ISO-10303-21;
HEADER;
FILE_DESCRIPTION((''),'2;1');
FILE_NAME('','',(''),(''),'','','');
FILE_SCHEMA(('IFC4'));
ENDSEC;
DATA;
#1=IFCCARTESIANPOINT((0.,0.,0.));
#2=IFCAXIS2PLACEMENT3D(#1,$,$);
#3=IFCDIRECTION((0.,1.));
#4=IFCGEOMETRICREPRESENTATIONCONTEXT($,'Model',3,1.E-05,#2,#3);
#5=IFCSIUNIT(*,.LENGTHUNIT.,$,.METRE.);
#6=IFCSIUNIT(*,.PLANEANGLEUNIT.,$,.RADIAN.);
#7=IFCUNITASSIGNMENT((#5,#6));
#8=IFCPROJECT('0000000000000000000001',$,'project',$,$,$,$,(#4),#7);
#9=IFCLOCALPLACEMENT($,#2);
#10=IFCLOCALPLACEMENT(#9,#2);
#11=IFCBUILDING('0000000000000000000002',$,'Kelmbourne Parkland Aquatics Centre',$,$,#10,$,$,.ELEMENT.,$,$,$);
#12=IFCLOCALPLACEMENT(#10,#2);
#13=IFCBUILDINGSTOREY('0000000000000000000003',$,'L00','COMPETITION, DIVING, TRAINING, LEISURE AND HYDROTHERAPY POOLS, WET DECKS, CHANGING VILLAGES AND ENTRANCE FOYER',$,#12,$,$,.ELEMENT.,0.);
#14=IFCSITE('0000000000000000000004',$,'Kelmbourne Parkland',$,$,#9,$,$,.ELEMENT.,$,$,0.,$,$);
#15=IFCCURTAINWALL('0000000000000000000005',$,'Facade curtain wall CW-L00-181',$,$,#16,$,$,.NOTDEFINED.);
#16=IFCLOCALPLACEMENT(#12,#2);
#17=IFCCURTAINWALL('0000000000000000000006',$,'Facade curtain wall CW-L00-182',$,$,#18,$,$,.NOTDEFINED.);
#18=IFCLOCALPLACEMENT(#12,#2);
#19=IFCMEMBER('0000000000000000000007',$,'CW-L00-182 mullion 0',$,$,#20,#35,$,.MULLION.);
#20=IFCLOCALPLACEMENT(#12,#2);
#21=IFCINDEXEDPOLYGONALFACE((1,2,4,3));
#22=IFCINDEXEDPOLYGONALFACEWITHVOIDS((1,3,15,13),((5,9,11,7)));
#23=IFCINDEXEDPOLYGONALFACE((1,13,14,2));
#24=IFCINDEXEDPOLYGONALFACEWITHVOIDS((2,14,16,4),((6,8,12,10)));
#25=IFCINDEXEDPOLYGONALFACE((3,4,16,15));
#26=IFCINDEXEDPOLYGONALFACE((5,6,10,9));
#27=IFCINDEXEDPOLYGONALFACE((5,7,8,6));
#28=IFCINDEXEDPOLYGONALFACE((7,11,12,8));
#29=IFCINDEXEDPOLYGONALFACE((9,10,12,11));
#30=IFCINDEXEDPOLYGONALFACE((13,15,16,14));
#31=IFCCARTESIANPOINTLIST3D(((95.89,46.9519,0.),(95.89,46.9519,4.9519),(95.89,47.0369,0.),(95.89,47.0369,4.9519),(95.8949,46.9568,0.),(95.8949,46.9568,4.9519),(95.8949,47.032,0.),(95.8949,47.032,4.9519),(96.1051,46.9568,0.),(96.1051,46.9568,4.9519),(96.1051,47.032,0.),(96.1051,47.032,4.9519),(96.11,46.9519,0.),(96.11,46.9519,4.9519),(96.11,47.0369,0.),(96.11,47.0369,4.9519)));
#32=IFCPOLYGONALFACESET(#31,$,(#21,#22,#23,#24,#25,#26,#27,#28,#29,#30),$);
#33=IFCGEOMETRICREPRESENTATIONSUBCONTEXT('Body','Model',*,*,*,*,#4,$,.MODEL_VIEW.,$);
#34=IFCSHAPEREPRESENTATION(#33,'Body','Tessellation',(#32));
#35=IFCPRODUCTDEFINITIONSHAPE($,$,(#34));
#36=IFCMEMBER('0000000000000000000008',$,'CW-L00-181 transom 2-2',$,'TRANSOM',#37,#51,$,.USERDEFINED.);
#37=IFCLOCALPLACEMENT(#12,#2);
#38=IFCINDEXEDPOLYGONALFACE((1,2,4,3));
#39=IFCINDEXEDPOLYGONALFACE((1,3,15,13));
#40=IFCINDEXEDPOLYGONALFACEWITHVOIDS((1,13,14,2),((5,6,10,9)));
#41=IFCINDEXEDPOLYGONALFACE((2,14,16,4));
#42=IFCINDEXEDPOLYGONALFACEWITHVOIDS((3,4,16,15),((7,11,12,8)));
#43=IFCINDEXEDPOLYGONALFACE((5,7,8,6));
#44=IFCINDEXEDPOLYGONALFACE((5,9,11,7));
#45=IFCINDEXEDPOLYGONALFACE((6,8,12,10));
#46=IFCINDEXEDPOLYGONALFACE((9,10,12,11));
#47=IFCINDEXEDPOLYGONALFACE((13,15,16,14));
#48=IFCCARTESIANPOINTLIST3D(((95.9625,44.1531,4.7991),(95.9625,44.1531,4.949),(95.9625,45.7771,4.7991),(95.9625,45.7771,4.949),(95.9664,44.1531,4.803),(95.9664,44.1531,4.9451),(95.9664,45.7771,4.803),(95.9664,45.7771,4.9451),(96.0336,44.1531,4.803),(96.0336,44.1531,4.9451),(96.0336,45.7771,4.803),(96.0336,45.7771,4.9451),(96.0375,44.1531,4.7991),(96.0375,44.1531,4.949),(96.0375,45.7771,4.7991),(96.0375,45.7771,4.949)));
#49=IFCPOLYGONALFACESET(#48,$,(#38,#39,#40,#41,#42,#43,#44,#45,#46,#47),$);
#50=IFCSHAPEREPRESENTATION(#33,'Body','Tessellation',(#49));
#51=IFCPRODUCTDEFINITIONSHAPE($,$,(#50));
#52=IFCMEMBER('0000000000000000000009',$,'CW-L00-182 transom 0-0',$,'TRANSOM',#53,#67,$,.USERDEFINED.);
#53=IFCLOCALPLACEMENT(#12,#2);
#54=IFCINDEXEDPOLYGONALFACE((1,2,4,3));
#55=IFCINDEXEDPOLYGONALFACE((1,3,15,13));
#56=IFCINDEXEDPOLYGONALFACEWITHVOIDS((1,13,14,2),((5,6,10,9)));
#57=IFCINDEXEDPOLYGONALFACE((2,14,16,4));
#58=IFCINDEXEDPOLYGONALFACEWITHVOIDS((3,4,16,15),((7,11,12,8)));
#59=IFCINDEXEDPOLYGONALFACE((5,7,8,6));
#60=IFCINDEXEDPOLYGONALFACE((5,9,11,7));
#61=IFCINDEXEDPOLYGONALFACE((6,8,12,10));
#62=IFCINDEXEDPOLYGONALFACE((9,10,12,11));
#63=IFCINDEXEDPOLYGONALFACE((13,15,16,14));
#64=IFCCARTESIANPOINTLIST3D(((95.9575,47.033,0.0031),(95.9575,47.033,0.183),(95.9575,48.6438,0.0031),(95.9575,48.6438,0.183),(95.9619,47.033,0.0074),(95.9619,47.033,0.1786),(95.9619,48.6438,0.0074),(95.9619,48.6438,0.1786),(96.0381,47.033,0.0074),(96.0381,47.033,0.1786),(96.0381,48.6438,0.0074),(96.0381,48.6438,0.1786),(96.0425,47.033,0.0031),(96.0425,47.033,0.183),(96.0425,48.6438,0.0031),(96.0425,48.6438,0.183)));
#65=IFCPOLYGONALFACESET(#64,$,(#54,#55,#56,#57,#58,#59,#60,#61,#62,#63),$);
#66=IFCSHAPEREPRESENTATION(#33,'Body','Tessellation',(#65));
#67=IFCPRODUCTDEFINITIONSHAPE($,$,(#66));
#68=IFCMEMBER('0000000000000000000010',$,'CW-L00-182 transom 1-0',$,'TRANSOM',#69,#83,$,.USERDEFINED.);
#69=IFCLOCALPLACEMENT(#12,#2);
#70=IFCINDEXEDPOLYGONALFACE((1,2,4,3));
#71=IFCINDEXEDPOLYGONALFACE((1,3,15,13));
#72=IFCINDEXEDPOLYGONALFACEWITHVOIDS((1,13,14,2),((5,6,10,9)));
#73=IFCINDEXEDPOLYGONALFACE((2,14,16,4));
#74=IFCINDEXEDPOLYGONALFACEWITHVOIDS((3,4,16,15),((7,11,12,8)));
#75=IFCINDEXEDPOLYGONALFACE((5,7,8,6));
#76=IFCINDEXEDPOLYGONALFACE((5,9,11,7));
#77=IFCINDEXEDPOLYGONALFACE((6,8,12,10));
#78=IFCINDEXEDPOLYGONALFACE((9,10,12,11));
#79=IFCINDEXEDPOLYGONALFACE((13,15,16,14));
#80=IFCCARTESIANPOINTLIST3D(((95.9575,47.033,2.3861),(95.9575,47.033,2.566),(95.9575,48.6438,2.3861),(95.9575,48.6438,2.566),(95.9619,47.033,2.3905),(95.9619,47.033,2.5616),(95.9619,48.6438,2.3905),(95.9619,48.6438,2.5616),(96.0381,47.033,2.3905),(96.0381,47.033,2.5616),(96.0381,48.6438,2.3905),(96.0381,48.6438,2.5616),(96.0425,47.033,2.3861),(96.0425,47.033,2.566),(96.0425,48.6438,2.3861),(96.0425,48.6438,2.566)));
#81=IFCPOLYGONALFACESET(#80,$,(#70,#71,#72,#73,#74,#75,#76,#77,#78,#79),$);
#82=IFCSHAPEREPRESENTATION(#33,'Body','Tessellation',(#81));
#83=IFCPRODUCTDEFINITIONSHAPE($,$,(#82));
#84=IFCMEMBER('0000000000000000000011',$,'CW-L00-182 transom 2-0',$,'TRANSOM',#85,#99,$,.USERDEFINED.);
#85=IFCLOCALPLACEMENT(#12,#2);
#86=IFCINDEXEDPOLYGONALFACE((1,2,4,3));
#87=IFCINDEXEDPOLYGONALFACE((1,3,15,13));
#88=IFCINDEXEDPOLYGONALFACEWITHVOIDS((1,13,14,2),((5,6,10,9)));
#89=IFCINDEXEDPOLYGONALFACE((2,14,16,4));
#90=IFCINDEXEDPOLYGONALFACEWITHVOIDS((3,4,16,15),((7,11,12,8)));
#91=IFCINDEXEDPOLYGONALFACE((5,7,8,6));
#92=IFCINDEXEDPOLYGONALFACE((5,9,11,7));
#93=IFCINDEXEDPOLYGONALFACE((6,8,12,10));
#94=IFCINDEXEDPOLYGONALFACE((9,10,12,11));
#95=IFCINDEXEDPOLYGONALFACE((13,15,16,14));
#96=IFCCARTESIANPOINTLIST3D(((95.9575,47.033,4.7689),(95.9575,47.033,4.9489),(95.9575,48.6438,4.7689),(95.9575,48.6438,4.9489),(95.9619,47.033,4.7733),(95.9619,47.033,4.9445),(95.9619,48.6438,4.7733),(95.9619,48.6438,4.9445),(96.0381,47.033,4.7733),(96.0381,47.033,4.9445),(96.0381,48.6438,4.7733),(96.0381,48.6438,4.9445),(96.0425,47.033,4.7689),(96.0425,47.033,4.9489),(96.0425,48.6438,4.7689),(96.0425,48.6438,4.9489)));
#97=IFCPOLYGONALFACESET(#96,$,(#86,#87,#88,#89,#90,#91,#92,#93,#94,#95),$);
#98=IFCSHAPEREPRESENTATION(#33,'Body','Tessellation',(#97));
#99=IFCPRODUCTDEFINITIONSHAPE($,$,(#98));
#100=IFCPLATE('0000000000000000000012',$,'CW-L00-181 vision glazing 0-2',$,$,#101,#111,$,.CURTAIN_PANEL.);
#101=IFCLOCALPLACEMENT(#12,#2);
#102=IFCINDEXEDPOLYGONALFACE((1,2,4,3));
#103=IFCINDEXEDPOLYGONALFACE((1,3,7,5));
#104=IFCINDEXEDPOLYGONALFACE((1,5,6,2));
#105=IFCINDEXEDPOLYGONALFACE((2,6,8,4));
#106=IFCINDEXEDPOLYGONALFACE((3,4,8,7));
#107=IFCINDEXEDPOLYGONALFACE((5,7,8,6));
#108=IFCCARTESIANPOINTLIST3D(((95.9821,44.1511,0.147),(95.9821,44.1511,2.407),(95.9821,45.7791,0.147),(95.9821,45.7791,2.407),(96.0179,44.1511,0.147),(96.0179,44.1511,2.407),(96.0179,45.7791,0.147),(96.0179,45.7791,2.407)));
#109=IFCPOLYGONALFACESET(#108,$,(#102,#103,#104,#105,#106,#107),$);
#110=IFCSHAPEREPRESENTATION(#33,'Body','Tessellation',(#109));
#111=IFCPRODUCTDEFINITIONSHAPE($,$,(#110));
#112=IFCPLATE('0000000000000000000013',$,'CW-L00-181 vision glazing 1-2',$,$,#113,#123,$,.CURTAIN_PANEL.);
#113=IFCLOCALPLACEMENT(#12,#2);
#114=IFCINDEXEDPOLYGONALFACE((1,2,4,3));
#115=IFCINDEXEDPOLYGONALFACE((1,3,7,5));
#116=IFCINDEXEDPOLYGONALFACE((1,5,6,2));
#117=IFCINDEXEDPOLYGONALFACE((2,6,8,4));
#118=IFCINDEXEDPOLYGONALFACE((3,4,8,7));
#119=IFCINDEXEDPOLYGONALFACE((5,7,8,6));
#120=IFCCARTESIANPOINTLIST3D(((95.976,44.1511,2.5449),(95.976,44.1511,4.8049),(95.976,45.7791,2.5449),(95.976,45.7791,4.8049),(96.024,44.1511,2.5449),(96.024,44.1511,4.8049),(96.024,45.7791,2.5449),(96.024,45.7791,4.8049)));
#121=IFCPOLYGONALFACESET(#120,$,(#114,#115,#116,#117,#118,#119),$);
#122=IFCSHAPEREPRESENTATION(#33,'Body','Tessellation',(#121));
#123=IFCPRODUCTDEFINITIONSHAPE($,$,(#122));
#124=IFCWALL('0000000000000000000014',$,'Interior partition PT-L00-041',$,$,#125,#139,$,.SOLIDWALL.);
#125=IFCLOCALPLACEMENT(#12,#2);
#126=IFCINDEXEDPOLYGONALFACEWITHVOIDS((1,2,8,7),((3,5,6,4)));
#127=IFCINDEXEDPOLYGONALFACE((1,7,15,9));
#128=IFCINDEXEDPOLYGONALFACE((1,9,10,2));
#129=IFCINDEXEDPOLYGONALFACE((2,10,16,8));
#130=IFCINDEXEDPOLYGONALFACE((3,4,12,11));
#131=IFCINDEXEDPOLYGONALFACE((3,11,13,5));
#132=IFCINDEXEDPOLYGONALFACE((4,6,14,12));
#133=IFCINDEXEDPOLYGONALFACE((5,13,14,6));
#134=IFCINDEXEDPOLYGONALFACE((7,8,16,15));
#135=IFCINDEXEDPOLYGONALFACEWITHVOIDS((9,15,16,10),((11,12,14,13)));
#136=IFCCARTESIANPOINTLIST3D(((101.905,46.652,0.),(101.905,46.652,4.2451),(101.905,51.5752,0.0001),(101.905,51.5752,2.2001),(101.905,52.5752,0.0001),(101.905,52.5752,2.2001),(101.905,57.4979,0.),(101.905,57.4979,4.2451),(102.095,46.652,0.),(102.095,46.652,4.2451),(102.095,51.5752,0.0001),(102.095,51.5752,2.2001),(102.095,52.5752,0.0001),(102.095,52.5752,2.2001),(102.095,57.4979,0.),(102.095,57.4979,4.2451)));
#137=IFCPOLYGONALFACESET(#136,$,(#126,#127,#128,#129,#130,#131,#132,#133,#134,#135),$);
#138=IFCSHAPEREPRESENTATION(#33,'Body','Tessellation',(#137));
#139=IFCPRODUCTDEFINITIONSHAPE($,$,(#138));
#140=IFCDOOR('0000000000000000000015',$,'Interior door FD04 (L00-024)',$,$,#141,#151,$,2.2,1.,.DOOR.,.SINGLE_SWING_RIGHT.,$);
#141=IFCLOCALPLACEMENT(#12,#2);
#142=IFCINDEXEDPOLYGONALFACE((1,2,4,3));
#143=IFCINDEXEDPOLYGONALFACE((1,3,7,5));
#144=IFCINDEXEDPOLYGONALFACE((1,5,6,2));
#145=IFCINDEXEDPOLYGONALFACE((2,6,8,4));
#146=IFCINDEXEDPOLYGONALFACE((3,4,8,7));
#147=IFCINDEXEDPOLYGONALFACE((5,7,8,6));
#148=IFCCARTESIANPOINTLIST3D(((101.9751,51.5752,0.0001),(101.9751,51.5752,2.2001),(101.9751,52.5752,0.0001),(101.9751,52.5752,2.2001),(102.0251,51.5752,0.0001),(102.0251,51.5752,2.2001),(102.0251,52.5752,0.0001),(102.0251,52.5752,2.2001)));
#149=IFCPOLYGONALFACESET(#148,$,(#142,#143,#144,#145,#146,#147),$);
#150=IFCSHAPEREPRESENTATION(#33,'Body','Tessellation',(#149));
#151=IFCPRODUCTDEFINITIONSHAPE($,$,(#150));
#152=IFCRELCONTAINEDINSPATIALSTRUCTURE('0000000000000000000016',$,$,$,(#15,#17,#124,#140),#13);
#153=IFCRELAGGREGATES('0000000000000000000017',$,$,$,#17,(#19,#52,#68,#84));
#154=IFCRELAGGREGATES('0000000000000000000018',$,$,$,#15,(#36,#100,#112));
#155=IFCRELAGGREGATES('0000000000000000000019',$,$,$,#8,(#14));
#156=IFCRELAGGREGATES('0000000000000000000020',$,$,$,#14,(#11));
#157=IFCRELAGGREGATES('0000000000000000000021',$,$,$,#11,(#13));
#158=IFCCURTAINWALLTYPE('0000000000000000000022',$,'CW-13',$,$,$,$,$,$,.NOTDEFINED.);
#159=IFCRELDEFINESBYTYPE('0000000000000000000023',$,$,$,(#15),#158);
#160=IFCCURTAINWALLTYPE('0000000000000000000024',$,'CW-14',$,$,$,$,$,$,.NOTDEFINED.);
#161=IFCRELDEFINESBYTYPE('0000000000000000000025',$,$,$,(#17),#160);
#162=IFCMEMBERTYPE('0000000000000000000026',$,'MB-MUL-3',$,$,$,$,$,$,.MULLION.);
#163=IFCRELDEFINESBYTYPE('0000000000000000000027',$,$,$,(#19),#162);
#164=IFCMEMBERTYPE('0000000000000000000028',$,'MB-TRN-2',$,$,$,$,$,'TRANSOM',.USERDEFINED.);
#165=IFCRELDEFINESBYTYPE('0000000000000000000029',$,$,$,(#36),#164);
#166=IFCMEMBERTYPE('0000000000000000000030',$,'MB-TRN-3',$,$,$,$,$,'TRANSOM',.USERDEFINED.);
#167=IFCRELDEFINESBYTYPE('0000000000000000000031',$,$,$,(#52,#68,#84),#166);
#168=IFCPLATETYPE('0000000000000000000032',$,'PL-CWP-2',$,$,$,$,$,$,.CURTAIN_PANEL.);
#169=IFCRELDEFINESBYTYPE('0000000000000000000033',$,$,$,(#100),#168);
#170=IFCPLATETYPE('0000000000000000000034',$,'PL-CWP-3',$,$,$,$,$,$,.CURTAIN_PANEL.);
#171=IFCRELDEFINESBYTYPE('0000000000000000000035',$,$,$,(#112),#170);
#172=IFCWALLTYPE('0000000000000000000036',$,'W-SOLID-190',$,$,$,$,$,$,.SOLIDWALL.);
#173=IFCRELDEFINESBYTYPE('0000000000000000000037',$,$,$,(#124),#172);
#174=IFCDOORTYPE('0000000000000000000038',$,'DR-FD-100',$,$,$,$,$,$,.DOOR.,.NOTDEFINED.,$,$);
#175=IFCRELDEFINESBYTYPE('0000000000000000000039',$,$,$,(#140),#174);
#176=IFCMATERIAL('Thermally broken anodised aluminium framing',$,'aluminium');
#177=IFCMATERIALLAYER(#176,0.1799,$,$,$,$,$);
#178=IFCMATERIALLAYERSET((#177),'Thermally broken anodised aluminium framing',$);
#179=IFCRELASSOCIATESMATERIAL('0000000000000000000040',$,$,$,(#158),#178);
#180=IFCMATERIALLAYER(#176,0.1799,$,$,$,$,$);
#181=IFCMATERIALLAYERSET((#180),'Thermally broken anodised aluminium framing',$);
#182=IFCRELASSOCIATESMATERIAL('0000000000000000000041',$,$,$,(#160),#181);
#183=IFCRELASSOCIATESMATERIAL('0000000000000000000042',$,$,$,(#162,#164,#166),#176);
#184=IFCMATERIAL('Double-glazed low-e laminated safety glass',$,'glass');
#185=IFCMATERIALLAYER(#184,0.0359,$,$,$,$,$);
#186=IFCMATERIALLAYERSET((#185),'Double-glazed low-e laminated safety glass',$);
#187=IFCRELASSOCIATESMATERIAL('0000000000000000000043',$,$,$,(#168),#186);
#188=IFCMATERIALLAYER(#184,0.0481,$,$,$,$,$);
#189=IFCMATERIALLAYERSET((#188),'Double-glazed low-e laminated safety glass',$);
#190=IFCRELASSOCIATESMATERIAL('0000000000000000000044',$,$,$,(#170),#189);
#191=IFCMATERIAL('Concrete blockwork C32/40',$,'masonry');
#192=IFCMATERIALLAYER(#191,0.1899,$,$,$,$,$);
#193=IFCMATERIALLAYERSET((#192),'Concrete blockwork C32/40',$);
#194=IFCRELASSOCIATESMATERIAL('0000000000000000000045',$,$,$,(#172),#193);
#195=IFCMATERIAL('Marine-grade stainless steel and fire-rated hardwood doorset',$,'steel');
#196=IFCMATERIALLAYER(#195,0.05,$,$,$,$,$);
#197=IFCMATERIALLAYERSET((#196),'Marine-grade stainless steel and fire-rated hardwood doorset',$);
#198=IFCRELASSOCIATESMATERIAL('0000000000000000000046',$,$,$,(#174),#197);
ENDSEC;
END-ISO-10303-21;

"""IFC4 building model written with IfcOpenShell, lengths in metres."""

from ifc_helpers import new_model, si_unit, direction, frame, frame_2d, origin, origin_2d, place, context, subcontext, project, spatial, rectangle, hollow_rectangle, extrude, material, layer, layer_set, material_profile, profile_set, type_object, element, fill, aggregate, save


model = new_model("IFC4")

# Units and contexts
model_context = context("Model", 3, precision=1e-05, world=origin(), true_north=direction((0.0, 1.0)))
body_context = subcontext(model_context, "Body", "Model", "MODEL_VIEW")
ifc_project = project(units=[si_unit("LENGTHUNIT", "METRE"), si_unit("PLANEANGLEUNIT", "RADIAN")], contexts=[model_context])

# Site, building, storey
site_placement = place(None, origin())
site = spatial("IfcSite", under=ifc_project, at=site_placement, Name="Kelmbourne Parkland", CompositionType="ELEMENT", RefElevation=0.0)
building_placement = place(site_placement, origin())
building = spatial("IfcBuilding", under=site, at=building_placement, Name="Kelmbourne Parkland Aquatics Centre", CompositionType="ELEMENT")
storey_placement = place(building_placement, origin())
storey = spatial("IfcBuildingStorey", under=building, at=storey_placement, Name="L00", Description="COMPETITION, DIVING, TRAINING, LEISURE AND HYDROTHERAPY POOLS, WET DECKS, CHANGING VILLAGES AND ENTRANCE FOYER", CompositionType="ELEMENT", Elevation=0.0)

# Curtain walls, member
ifc_material_1 = material(Name="Thermally broken anodised aluminium framing", Category="aluminium")
ifc_layer_1 = layer(ifc_material_1, 0.1799)
ifc_layer_set_1 = layer_set([ifc_layer_1], Name="Thermally broken anodised aluminium framing")
curtain_wall_type_1 = type_object("IfcCurtainWallType", Name="CW-13", PredefinedType="NOTDEFINED", material=ifc_layer_set_1)
curtain_wall_1_placement = place(storey_placement, origin())
curtain_wall_1 = element("IfcCurtainWall", 1, at=curtain_wall_1_placement, inside=storey, type_object=curtain_wall_type_1, Name="Facade curtain wall CW-L00-181", PredefinedType="NOTDEFINED")
ifc_layer_2 = layer(ifc_material_1, 0.1799)
ifc_layer_set_2 = layer_set([ifc_layer_2], Name="Thermally broken anodised aluminium framing")
curtain_wall_type_2 = type_object("IfcCurtainWallType", Name="CW-14", PredefinedType="NOTDEFINED", material=ifc_layer_set_2)
curtain_wall_2_placement = place(storey_placement, origin())
curtain_wall_2 = element("IfcCurtainWall", 2, at=curtain_wall_2_placement, inside=storey, type_object=curtain_wall_type_2, Name="Facade curtain wall CW-L00-182", PredefinedType="NOTDEFINED")
ifc_material_profile_1 = material_profile(ifc_material_1, hollow_rectangle(XDim=0.085, YDim=0.22, WallThickness=0.0049, at=origin_2d()), Name="CW-M 85x220")
ifc_profile_set_1 = profile_set([ifc_material_profile_1], Name="Thermally broken anodised aluminium framing")
member_type_1 = type_object("IfcMemberType", Name="MB-MUL-3", PredefinedType="MULLION", material=ifc_profile_set_1)
member_1_placement = place(storey_placement, frame((96.0, 46.9944, 0.0), z_axis=(0.0, 0.0, 1.0), x_axis=(0.0, 1.0, 0.0)))
member_1 = element("IfcMember", 3, at=member_1_placement, type_object=member_type_1, Name="CW-L00-182 mullion 0", PredefinedType="MULLION", context=body_context, shape_type="SweptSolid", body=[
    extrude(hollow_rectangle(XDim=0.085, YDim=0.22, WallThickness=0.0049, at=origin_2d()), origin(), (0.0, 0.0, 1.0), 4.9519),
])

# Members
ifc_material_profile_2 = material_profile(ifc_material_1, hollow_rectangle(XDim=0.075, YDim=0.1499, WallThickness=0.0039, at=origin_2d()), Name="CW-T 75x150")
ifc_profile_set_2 = profile_set([ifc_material_profile_2], Name="Thermally broken anodised aluminium framing")
member_type_2 = type_object("IfcMemberType", Name="MB-TRN-2", ElementType="TRANSOM", PredefinedType="USERDEFINED", material=ifc_profile_set_2)
member_2_placement = place(storey_placement, frame((96.0, 44.1531, 4.874), z_axis=(0.0, 1.0, 0.0), x_axis=(-1.0, 0.0, 0.0)))
member_2 = element("IfcMember", 4, at=member_2_placement, type_object=member_type_2, Name="CW-L00-181 transom 2-2", ObjectType="TRANSOM", PredefinedType="USERDEFINED", context=body_context, shape_type="SweptSolid", body=[
    extrude(hollow_rectangle(XDim=0.075, YDim=0.1499, WallThickness=0.0039, at=origin_2d()), origin(), (0.0, 0.0, 1.0), 1.624),
])
ifc_material_profile_3 = material_profile(ifc_material_1, hollow_rectangle(XDim=0.085, YDim=0.1799, WallThickness=0.0044, at=origin_2d()), Name="CW-T 85x180")
ifc_profile_set_3 = profile_set([ifc_material_profile_3], Name="Thermally broken anodised aluminium framing")
member_type_3 = type_object("IfcMemberType", Name="MB-TRN-3", ElementType="TRANSOM", PredefinedType="USERDEFINED", material=ifc_profile_set_3)
member_3_placement = place(storey_placement, frame((96.0, 47.033, 0.093), z_axis=(0.0, 1.0, 0.0), x_axis=(-1.0, 0.0, 0.0)))
member_3 = element("IfcMember", 5, at=member_3_placement, type_object=member_type_3, Name="CW-L00-182 transom 0-0", ObjectType="TRANSOM", PredefinedType="USERDEFINED", context=body_context, shape_type="SweptSolid", body=[
    extrude(hollow_rectangle(XDim=0.085, YDim=0.1799, WallThickness=0.0044, at=origin_2d()), origin(), (0.0, 0.0, 1.0), 1.6108),
])
member_4_placement = place(storey_placement, frame((96.0, 47.033, 2.4761), z_axis=(0.0, 1.0, 0.0), x_axis=(-1.0, 0.0, 0.0)))
member_4 = element("IfcMember", 6, at=member_4_placement, type_object=member_type_3, Name="CW-L00-182 transom 1-0", ObjectType="TRANSOM", PredefinedType="USERDEFINED", context=body_context, shape_type="SweptSolid", body=[
    extrude(hollow_rectangle(XDim=0.085, YDim=0.1799, WallThickness=0.0044, at=origin_2d()), origin(), (0.0, 0.0, 1.0), 1.6108),
])
member_5_placement = place(storey_placement, frame((96.0, 47.033, 4.8589), z_axis=(0.0, 1.0, 0.0), x_axis=(-1.0, 0.0, 0.0)))
member_5 = element("IfcMember", 7, at=member_5_placement, type_object=member_type_3, Name="CW-L00-182 transom 2-0", ObjectType="TRANSOM", PredefinedType="USERDEFINED", context=body_context, shape_type="SweptSolid", body=[
    extrude(hollow_rectangle(XDim=0.085, YDim=0.1799, WallThickness=0.0044, at=origin_2d()), origin(), (0.0, 0.0, 1.0), 1.6108),
])
aggregate(curtain_wall_2, [member_1, member_3, member_4, member_5])

# Plates
ifc_material_2 = material(Name="Double-glazed low-e laminated safety glass", Category="glass")
ifc_layer_3 = layer(ifc_material_2, 0.0359)
ifc_layer_set_3 = layer_set([ifc_layer_3], Name="Double-glazed low-e laminated safety glass")
plate_type_1 = type_object("IfcPlateType", Name="PL-CWP-2", PredefinedType="CURTAIN_PANEL", material=ifc_layer_set_3)
plate_1_placement = place(storey_placement, frame((96.0, 44.9651, 0.147), z_axis=(0.0, 0.0, 1.0), x_axis=(0.0, 1.0, 0.0)))
plate_1 = element("IfcPlate", 8, at=plate_1_placement, type_object=plate_type_1, Name="CW-L00-181 vision glazing 0-2", PredefinedType="CURTAIN_PANEL", context=body_context, shape_type="SweptSolid", body=[
    extrude(rectangle(XDim=1.6279, YDim=0.0359, at=origin_2d()), origin(), (0.0, 0.0, 1.0), 2.26),
])
ifc_layer_4 = layer(ifc_material_2, 0.0481)
ifc_layer_set_4 = layer_set([ifc_layer_4], Name="Double-glazed low-e laminated safety glass")
plate_type_2 = type_object("IfcPlateType", Name="PL-CWP-3", PredefinedType="CURTAIN_PANEL", material=ifc_layer_set_4)
plate_2_placement = place(storey_placement, frame((96.0, 44.9651, 2.5449), z_axis=(0.0, 0.0, 1.0), x_axis=(0.0, 1.0, 0.0)))
plate_2 = element("IfcPlate", 9, at=plate_2_placement, type_object=plate_type_2, Name="CW-L00-181 vision glazing 1-2", PredefinedType="CURTAIN_PANEL", context=body_context, shape_type="SweptSolid", body=[
    extrude(rectangle(XDim=1.6279, YDim=0.0481, at=origin_2d()), origin(), (0.0, 0.0, 1.0), 2.26),
])
aggregate(curtain_wall_1, [member_2, plate_1, plate_2])

# Wall, opening, door
ifc_material_3 = material(Name="Concrete blockwork C32/40", Category="masonry")
ifc_layer_5 = layer(ifc_material_3, 0.1899)
ifc_layer_set_5 = layer_set([ifc_layer_5], Name="Concrete blockwork C32/40")
wall_type = type_object("IfcWallType", Name="W-SOLID-190", PredefinedType="SOLIDWALL", material=ifc_layer_set_5)
wall_placement = place(storey_placement, frame((102.0, 46.6521, 0.0), z_axis=(0.0, 0.0, 1.0), x_axis=(0.0, 1.0, 0.0)))
wall = element("IfcWall", 10, at=wall_placement, inside=storey, type_object=wall_type, Name="Interior partition PT-L00-041", PredefinedType="SOLIDWALL", context=body_context, shape_type="SweptSolid", body=[
    extrude(rectangle(XDim=10.8459, YDim=0.1899, at=frame_2d((5.4229, 0.0))), origin(), (0.0, 0.0, 1.0), 4.2451),
])
opening_placement = place(wall_placement, frame((4.9231, 0.0, 0.0)))
opening = element("IfcOpeningElement", 11, at=opening_placement, cuts=wall, PredefinedType="OPENING", context=body_context, shape_type="SweptSolid", body=[
    extrude(rectangle(XDim=1.0, YDim=2.2, at=frame_2d((0.5, 1.1001))), frame((0.0, 0.1069, 0.0), z_axis=(0.0, -1.0, 0.0), x_axis=(1.0, 0.0, 0.0)), (0.0, 0.0, 1.0), 0.2139),
])
ifc_material_4 = material(Name="Marine-grade stainless steel and fire-rated hardwood doorset", Category="steel")
ifc_layer_6 = layer(ifc_material_4, 0.05)
ifc_layer_set_6 = layer_set([ifc_layer_6], Name="Marine-grade stainless steel and fire-rated hardwood doorset")
door_type = type_object("IfcDoorType", Name="DR-FD-100", OperationType="NOTDEFINED", PredefinedType="DOOR", material=ifc_layer_set_6)
door_placement = place(opening_placement, origin())
door = element("IfcDoor", 12, at=door_placement, inside=storey, type_object=door_type, Name="Interior door FD04 (L00-024)", OperationType="SINGLE_SWING_RIGHT", OverallHeight=2.2, OverallWidth=1.0, PredefinedType="DOOR", context=body_context, shape_type="SweptSolid", body=[
    extrude(rectangle(XDim=1.0, YDim=2.2, at=frame_2d((0.5, 1.1001))), frame((0.0, 0.0249, 0.0), z_axis=(0.0, -1.0, 0.0), x_axis=(1.0, 0.0, 0.0)), (0.0, 0.0, 1.0), 0.05),
])
fill(opening, door)

save(model, "model.ifc")
